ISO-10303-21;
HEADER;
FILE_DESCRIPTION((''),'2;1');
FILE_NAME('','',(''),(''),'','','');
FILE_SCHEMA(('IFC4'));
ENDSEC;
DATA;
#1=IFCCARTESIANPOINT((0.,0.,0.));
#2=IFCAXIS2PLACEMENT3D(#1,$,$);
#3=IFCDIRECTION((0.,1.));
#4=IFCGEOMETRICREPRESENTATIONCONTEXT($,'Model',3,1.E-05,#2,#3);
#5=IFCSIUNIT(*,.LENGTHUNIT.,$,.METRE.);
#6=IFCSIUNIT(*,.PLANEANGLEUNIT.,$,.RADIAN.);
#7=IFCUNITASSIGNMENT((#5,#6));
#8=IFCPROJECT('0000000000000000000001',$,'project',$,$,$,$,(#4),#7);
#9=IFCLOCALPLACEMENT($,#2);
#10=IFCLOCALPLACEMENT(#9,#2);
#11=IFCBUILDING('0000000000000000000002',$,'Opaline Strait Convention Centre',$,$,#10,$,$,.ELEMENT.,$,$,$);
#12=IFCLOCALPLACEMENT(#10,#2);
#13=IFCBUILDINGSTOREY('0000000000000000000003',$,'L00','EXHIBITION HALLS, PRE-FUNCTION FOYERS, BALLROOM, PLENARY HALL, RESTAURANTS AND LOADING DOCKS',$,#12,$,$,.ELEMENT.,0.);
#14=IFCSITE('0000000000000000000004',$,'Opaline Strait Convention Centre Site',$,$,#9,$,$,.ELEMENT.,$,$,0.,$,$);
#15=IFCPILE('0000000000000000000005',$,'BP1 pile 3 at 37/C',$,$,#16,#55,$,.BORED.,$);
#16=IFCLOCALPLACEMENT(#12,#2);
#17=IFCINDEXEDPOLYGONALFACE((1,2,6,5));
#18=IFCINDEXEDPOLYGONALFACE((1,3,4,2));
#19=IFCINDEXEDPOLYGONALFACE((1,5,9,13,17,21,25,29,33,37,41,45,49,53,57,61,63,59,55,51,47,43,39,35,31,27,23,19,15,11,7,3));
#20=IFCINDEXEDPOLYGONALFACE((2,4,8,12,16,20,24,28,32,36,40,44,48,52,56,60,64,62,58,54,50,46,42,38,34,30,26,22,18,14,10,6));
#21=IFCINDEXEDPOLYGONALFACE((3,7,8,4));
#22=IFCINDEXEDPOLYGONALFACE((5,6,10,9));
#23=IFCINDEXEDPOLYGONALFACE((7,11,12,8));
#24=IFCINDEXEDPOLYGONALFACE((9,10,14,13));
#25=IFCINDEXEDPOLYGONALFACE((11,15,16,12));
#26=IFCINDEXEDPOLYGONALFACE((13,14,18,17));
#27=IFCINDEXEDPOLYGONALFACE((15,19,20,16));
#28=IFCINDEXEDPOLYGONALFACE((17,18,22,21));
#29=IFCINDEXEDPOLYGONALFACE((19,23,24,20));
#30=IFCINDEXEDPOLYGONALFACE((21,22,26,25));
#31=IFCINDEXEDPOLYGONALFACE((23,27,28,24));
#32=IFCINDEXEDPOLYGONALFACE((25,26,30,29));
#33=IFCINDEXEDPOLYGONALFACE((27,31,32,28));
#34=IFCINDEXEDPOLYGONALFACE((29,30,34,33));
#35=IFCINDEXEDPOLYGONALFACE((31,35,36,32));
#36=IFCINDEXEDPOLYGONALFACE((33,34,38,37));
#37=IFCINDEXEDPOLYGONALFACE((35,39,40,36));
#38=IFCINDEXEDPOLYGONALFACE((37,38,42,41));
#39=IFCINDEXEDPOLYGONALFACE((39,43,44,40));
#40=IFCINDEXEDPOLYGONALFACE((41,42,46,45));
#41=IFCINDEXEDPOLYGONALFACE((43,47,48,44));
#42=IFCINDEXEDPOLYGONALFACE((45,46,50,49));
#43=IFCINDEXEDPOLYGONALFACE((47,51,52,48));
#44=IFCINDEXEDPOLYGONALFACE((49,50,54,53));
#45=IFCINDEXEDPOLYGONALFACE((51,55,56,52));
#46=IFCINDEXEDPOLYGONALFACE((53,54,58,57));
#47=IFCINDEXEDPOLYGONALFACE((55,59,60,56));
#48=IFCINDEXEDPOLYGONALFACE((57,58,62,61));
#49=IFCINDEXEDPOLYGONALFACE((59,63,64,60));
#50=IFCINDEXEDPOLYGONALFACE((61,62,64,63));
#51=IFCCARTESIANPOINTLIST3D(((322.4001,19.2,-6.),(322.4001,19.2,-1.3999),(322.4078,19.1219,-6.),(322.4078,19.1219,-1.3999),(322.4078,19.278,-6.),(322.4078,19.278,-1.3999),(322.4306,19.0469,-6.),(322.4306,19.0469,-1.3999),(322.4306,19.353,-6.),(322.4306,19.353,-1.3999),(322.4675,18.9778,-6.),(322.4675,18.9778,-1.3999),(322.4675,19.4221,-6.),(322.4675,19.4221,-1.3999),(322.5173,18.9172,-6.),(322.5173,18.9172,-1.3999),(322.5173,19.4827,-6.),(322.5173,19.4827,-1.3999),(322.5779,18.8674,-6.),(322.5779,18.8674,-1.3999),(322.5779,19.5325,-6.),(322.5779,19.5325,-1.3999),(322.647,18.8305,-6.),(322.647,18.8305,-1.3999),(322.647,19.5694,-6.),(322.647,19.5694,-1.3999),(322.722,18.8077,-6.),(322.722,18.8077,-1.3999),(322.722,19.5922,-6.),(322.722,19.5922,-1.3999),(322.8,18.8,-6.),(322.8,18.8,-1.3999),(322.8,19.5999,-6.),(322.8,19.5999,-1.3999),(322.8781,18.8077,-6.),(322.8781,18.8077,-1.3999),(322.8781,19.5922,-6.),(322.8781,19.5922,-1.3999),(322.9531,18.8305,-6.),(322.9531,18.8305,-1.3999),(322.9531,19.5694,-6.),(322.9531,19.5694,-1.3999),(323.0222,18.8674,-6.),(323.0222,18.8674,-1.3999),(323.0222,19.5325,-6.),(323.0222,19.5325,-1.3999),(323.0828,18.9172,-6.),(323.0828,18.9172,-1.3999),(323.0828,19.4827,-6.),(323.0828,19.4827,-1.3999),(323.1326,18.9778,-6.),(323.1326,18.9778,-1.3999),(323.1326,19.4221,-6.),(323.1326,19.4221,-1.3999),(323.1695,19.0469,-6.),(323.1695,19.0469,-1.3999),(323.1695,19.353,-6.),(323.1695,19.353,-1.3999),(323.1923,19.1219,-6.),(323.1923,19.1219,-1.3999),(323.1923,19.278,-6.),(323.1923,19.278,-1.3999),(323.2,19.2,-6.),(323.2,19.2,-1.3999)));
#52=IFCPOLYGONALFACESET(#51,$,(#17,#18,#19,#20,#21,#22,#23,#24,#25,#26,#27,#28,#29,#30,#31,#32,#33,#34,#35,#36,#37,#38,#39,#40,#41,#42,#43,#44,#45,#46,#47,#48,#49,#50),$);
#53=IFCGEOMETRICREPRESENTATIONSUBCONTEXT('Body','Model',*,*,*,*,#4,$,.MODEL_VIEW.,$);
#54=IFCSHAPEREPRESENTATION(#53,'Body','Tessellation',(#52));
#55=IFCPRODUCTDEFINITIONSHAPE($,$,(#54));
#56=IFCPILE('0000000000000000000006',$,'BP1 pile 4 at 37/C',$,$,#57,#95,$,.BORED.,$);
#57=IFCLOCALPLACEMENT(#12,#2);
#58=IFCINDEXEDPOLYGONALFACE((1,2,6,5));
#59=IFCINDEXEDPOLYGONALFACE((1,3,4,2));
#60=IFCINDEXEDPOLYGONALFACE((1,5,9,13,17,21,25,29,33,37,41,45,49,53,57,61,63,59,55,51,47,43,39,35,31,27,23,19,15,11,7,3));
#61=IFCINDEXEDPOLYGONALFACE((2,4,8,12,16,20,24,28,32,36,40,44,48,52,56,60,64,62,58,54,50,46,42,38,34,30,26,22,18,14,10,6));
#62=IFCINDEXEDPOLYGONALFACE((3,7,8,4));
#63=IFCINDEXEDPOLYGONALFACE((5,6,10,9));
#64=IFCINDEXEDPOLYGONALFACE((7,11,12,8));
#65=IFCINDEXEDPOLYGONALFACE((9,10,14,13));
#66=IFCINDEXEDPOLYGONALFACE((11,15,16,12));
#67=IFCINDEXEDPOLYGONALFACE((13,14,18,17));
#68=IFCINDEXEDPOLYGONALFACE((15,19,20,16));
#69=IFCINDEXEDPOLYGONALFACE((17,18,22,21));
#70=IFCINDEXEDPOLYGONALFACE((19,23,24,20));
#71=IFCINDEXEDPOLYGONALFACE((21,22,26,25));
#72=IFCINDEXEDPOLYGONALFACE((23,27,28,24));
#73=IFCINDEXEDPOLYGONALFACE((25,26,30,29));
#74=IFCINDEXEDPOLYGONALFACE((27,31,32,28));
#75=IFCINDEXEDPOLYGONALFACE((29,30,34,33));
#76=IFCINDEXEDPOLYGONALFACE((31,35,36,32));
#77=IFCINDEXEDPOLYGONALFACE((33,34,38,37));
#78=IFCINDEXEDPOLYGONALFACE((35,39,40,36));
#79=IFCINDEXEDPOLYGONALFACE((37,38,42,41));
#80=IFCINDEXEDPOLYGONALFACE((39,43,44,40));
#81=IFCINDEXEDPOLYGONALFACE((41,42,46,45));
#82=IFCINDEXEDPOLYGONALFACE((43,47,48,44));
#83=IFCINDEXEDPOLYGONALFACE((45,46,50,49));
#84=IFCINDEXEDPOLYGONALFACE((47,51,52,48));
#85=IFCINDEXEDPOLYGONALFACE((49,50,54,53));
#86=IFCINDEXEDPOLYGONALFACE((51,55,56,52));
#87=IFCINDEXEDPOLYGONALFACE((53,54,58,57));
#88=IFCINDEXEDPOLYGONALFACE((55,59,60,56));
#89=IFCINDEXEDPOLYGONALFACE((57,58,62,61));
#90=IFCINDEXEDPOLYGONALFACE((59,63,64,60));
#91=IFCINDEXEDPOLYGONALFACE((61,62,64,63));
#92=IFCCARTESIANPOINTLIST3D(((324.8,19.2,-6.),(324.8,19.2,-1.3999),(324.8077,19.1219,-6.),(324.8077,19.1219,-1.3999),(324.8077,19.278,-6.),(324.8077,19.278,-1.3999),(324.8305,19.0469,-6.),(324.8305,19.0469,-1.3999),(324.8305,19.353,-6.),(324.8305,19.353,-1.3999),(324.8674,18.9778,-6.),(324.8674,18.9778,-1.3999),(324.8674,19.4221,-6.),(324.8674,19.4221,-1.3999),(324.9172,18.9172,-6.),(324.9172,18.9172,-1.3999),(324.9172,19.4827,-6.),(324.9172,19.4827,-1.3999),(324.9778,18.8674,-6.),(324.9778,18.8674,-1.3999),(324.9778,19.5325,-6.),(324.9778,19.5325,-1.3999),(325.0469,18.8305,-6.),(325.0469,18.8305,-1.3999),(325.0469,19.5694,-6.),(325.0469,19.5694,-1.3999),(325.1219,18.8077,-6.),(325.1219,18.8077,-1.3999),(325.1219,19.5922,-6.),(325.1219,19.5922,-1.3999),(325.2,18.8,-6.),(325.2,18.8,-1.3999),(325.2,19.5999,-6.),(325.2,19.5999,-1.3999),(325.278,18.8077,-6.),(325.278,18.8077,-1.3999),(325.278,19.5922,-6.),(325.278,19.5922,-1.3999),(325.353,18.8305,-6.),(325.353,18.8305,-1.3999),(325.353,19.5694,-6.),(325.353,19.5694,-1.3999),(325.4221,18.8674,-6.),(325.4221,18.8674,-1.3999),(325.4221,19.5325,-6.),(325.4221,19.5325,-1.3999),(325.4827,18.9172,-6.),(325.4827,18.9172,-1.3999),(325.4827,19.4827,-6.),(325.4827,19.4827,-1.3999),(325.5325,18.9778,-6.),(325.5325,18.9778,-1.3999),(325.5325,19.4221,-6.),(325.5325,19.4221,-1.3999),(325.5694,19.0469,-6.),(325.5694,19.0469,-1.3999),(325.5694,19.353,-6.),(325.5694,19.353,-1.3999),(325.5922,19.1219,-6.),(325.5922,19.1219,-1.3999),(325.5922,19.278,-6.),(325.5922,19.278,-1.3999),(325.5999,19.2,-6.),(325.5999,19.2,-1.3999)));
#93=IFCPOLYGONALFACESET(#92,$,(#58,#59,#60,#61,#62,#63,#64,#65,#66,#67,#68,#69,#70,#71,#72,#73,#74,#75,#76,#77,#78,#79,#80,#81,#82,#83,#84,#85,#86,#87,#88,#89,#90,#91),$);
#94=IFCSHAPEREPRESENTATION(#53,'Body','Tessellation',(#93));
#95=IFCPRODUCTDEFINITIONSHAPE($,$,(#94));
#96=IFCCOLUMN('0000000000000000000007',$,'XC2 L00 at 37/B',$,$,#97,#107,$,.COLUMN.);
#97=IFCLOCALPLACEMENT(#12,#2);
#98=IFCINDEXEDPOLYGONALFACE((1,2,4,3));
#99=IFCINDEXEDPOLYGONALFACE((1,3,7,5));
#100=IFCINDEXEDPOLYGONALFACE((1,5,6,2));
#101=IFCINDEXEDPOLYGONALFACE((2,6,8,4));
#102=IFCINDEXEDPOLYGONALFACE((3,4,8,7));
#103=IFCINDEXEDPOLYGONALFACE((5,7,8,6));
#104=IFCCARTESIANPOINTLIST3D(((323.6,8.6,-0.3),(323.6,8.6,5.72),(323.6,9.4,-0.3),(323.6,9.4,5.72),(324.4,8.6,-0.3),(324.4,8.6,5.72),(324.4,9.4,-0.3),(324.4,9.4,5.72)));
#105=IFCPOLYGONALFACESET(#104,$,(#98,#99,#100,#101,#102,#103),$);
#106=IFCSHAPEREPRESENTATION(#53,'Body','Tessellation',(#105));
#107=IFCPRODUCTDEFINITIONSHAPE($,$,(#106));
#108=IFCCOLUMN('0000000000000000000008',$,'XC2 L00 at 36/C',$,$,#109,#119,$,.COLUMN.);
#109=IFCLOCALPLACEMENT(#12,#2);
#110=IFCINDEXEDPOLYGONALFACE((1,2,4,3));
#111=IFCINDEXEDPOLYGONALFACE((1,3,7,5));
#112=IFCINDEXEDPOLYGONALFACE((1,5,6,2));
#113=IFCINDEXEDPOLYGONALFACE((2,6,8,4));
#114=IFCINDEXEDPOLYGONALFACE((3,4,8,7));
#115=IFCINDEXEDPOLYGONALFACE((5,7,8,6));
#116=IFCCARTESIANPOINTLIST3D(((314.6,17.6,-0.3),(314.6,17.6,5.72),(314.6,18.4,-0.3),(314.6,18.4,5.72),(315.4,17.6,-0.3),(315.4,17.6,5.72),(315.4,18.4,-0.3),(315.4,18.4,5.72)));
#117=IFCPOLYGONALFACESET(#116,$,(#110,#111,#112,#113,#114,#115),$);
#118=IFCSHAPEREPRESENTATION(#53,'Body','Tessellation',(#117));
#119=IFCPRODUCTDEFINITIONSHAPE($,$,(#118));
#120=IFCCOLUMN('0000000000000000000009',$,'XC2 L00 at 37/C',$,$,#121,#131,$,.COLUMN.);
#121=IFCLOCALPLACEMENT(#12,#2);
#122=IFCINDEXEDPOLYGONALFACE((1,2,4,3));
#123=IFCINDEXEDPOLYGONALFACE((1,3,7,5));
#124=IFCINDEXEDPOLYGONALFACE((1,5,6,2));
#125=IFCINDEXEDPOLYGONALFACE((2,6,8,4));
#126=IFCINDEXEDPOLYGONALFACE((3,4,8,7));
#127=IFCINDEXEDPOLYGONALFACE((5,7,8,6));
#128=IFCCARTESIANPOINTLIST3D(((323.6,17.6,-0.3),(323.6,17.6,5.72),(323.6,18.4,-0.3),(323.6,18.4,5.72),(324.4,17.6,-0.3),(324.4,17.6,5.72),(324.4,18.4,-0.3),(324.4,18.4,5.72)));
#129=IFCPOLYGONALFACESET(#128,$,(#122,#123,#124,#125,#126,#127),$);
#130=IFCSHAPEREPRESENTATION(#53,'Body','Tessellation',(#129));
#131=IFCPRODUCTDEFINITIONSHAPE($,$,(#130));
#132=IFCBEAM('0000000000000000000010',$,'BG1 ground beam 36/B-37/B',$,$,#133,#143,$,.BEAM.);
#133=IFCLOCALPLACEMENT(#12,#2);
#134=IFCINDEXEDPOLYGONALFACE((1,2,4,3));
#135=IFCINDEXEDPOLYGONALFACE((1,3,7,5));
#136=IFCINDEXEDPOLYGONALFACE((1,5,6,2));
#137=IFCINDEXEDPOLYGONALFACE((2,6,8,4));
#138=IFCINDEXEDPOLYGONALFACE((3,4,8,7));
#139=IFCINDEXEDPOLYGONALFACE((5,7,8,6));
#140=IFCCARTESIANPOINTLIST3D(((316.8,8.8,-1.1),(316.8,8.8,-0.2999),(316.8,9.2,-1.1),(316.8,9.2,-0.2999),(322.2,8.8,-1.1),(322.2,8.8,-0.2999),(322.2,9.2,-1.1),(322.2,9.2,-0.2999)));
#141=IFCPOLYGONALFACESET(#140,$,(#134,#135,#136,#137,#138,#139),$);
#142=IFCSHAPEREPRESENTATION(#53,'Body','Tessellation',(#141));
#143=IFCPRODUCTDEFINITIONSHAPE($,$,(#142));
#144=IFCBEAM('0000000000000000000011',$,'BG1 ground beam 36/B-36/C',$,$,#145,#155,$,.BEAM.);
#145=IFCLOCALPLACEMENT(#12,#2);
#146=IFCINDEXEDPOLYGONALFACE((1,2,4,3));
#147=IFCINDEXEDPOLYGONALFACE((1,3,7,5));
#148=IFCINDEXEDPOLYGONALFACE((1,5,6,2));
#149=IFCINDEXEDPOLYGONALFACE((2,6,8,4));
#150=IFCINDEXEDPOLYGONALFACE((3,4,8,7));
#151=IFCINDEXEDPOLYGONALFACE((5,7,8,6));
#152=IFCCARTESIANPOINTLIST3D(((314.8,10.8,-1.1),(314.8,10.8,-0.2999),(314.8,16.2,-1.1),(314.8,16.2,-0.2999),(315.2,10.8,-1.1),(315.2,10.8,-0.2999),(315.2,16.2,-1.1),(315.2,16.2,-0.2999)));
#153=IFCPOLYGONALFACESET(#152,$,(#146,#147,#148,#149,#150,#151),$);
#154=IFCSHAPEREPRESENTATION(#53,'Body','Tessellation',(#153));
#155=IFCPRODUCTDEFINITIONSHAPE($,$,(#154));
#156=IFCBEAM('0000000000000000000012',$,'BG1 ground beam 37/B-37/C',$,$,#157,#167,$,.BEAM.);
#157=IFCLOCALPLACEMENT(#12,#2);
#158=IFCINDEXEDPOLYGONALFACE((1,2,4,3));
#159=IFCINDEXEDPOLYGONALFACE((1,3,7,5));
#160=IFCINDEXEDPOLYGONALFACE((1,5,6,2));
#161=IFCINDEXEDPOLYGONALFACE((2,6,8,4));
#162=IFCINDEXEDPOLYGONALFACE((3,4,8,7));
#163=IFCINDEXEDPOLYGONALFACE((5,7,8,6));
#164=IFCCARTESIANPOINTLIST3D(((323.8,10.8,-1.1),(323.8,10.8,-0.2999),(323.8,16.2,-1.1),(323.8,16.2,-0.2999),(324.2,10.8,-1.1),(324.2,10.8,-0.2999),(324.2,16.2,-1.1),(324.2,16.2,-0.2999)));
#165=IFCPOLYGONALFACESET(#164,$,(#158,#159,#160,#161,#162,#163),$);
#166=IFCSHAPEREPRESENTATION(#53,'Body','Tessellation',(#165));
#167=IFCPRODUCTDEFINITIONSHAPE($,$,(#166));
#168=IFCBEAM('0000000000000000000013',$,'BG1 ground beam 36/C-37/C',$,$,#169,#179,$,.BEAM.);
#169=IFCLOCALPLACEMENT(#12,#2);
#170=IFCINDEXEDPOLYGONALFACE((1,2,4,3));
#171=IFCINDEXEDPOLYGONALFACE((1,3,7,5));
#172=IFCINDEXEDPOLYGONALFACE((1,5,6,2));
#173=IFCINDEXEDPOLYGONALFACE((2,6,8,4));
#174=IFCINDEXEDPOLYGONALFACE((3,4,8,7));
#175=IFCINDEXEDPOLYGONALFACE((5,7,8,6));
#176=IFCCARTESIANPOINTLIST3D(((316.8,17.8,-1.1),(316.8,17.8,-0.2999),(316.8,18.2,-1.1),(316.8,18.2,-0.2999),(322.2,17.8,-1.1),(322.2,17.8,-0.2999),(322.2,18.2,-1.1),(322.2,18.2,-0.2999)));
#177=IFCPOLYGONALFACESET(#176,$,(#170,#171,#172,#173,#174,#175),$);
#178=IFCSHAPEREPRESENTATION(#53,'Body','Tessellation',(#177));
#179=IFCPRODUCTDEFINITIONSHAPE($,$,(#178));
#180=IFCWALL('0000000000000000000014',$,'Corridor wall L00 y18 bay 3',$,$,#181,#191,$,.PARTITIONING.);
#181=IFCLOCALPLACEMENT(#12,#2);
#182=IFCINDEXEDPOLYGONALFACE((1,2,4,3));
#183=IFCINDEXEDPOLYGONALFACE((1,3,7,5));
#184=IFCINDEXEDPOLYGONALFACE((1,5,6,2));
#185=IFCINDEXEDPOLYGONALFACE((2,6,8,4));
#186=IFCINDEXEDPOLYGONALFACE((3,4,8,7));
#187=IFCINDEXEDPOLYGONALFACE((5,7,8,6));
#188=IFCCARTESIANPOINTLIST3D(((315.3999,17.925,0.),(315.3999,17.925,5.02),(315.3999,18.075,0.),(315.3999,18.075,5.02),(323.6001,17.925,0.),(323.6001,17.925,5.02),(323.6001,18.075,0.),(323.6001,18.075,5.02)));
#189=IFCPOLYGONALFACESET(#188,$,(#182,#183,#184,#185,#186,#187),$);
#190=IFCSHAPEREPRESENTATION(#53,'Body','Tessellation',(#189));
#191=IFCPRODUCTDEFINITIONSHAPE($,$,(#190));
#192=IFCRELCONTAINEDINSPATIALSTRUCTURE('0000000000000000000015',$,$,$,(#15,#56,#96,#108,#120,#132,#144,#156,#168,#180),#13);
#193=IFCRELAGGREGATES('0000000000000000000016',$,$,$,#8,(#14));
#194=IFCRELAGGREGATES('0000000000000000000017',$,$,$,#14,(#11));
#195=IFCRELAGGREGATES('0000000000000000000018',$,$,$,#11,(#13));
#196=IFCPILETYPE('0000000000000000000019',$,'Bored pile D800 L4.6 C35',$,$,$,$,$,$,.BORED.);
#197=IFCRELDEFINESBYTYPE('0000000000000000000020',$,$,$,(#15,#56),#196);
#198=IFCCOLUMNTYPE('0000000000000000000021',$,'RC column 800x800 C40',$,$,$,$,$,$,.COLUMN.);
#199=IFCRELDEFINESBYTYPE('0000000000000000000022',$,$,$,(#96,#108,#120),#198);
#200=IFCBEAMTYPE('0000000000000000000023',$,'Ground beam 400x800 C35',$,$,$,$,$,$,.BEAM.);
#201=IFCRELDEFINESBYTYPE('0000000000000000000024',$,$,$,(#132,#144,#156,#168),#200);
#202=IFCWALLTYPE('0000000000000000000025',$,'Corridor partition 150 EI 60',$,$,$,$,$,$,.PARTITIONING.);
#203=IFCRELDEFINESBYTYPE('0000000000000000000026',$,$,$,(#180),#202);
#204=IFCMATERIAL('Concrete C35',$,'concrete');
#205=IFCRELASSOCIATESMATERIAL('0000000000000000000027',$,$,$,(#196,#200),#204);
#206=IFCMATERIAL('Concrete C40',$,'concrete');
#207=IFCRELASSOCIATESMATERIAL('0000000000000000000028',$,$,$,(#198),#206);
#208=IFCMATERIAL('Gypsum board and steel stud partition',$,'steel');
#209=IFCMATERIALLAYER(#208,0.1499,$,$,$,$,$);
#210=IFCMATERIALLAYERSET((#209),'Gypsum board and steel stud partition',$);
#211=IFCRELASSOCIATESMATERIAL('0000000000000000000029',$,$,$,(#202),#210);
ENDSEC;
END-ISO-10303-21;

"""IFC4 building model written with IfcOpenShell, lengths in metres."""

from ifc_helpers import new_model, si_unit, direction, frame, frame_2d, origin, origin_2d, place, context, subcontext, project, spatial, rectangle, circle, extrude, material, layer, layer_set, material_profile, profile_set, type_object, element, save


model = new_model("IFC4")

# Units and contexts
model_context = context("Model", 3, precision=1e-05, world=origin(), true_north=direction((0.0, 1.0)))
body_context = subcontext(model_context, "Body", "Model", "MODEL_VIEW")
ifc_project = project(units=[si_unit("LENGTHUNIT", "METRE"), si_unit("PLANEANGLEUNIT", "RADIAN")], contexts=[model_context])

# Site, building, storey
site_placement = place(None, origin())
site = spatial("IfcSite", under=ifc_project, at=site_placement, Name="Opaline Strait Convention Centre Site", CompositionType="ELEMENT", RefElevation=0.0)
building_placement = place(site_placement, origin())
building = spatial("IfcBuilding", under=site, at=building_placement, Name="Opaline Strait Convention Centre", CompositionType="ELEMENT")
storey_placement = place(building_placement, origin())
storey = spatial("IfcBuildingStorey", under=building, at=storey_placement, Name="L00", Description="EXHIBITION HALLS, PRE-FUNCTION FOYERS, BALLROOM, PLENARY HALL, RESTAURANTS AND LOADING DOCKS", CompositionType="ELEMENT", Elevation=0.0)

# Piles
ifc_material_1 = material(Name="Concrete C35", Category="concrete")
ifc_material_profile_1 = material_profile(ifc_material_1, circle(Radius=0.3999, at=origin_2d()), Name="D800")
ifc_profile_set_1 = profile_set([ifc_material_profile_1], Name="Concrete C35")
pile_type = type_object("IfcPileType", Name="Bored pile D800 L4.6 C35", PredefinedType="BORED", material=ifc_profile_set_1)
for number, where, z_axis, x_axis, name in (
    (1, (322.8, 19.2, -1.3999), (0.0, 0.0, -1.0), (1.0, 0.0, 0.0), "BP1 pile 3 at 37/C"),
    (2, (325.2, 19.2, -1.3999), (0.0, 0.0, -1.0), (1.0, 0.0, 0.0), "BP1 pile 4 at 37/C"),
):
    element("IfcPile", number, at=place(storey_placement, frame(where, z_axis=z_axis, x_axis=x_axis)), inside=storey, type_object=pile_type, Name=name, PredefinedType="BORED", context=body_context, shape_type="SweptSolid", body=[
        extrude(circle(Radius=0.3999, at=origin_2d()), origin(), (0.0, 0.0, 1.0), 4.6001),
    ])

# Columns
ifc_material_2 = material(Name="Concrete C40", Category="concrete")
ifc_material_profile_2 = material_profile(ifc_material_2, rectangle(XDim=0.8, YDim=0.8, at=origin_2d()), Name="RC 800x800")
ifc_profile_set_2 = profile_set([ifc_material_profile_2], Name="Concrete C40")
column_type = type_object("IfcColumnType", Name="RC column 800x800 C40", PredefinedType="COLUMN", material=ifc_profile_set_2)
for number, where, z_axis, x_axis, name in (
    (3, (324.0, 9.0, -0.3), (0.0, 0.0, 1.0), (1.0, 0.0, 0.0), "XC2 L00 at 37/B"),
    (4, (315.0, 18.0, -0.3), (0.0, 0.0, 1.0), (1.0, 0.0, 0.0), "XC2 L00 at 36/C"),
    (5, (324.0, 18.0, -0.3), (0.0, 0.0, 1.0), (1.0, 0.0, 0.0), "XC2 L00 at 37/C"),
):
    element("IfcColumn", number, at=place(storey_placement, frame(where, z_axis=z_axis, x_axis=x_axis)), inside=storey, type_object=column_type, Name=name, PredefinedType="COLUMN", context=body_context, shape_type="SweptSolid", body=[
        extrude(rectangle(XDim=0.8, YDim=0.8, at=origin_2d()), origin(), (0.0, 0.0, 1.0), 6.02),
    ])

# Beams
ifc_material_profile_3 = material_profile(ifc_material_1, rectangle(XDim=0.3999, YDim=0.8, at=origin_2d()), Name="RC 400x800")
ifc_profile_set_3 = profile_set([ifc_material_profile_3], Name="Concrete C35")
beam_type = type_object("IfcBeamType", Name="Ground beam 400x800 C35", PredefinedType="BEAM", material=ifc_profile_set_3)
for number, where, z_axis, x_axis, name in (
    (6, (316.8, 9.0, -0.7), (1.0, 0.0, 0.0), (0.0, 1.0, 0.0), "BG1 ground beam 36/B-37/B"),
    (7, (315.0, 10.8, -0.7), (0.0, 1.0, 0.0), (-1.0, 0.0, 0.0), "BG1 ground beam 36/B-36/C"),
    (8, (324.0, 10.8, -0.7), (0.0, 1.0, 0.0), (-1.0, 0.0, 0.0), "BG1 ground beam 37/B-37/C"),
    (9, (316.8, 18.0, -0.7), (1.0, 0.0, 0.0), (0.0, 1.0, 0.0), "BG1 ground beam 36/C-37/C"),
):
    element("IfcBeam", number, at=place(storey_placement, frame(where, z_axis=z_axis, x_axis=x_axis)), inside=storey, type_object=beam_type, Name=name, PredefinedType="BEAM", context=body_context, shape_type="SweptSolid", body=[
        extrude(rectangle(XDim=0.3999, YDim=0.8, at=origin_2d()), origin(), (0.0, 0.0, 1.0), 5.3999),
    ])

# Wall
ifc_material_3 = material(Name="Gypsum board and steel stud partition", Category="steel")
ifc_layer_1 = layer(ifc_material_3, 0.1499)
ifc_layer_set_1 = layer_set([ifc_layer_1], Name="Gypsum board and steel stud partition")
wall_type_1 = type_object("IfcWallType", Name="Corridor partition 150 EI 60", PredefinedType="PARTITIONING", material=ifc_layer_set_1)
wall_1_placement = place(storey_placement, frame((315.3999, 18.0, 0.0), z_axis=(0.0, 0.0, 1.0), x_axis=(1.0, 0.0, 0.0)))
element("IfcWall", 10, at=wall_1_placement, inside=storey, type_object=wall_type_1, Name="Corridor wall L00 y18 bay 3", PredefinedType="PARTITIONING", context=body_context, shape_type="SweptSolid", body=[
    extrude(rectangle(XDim=8.2002, YDim=0.1499, at=frame_2d((4.1001, 0.0))), origin(), (0.0, 0.0, 1.0), 5.02),
])

save(model, "model.ifc")
